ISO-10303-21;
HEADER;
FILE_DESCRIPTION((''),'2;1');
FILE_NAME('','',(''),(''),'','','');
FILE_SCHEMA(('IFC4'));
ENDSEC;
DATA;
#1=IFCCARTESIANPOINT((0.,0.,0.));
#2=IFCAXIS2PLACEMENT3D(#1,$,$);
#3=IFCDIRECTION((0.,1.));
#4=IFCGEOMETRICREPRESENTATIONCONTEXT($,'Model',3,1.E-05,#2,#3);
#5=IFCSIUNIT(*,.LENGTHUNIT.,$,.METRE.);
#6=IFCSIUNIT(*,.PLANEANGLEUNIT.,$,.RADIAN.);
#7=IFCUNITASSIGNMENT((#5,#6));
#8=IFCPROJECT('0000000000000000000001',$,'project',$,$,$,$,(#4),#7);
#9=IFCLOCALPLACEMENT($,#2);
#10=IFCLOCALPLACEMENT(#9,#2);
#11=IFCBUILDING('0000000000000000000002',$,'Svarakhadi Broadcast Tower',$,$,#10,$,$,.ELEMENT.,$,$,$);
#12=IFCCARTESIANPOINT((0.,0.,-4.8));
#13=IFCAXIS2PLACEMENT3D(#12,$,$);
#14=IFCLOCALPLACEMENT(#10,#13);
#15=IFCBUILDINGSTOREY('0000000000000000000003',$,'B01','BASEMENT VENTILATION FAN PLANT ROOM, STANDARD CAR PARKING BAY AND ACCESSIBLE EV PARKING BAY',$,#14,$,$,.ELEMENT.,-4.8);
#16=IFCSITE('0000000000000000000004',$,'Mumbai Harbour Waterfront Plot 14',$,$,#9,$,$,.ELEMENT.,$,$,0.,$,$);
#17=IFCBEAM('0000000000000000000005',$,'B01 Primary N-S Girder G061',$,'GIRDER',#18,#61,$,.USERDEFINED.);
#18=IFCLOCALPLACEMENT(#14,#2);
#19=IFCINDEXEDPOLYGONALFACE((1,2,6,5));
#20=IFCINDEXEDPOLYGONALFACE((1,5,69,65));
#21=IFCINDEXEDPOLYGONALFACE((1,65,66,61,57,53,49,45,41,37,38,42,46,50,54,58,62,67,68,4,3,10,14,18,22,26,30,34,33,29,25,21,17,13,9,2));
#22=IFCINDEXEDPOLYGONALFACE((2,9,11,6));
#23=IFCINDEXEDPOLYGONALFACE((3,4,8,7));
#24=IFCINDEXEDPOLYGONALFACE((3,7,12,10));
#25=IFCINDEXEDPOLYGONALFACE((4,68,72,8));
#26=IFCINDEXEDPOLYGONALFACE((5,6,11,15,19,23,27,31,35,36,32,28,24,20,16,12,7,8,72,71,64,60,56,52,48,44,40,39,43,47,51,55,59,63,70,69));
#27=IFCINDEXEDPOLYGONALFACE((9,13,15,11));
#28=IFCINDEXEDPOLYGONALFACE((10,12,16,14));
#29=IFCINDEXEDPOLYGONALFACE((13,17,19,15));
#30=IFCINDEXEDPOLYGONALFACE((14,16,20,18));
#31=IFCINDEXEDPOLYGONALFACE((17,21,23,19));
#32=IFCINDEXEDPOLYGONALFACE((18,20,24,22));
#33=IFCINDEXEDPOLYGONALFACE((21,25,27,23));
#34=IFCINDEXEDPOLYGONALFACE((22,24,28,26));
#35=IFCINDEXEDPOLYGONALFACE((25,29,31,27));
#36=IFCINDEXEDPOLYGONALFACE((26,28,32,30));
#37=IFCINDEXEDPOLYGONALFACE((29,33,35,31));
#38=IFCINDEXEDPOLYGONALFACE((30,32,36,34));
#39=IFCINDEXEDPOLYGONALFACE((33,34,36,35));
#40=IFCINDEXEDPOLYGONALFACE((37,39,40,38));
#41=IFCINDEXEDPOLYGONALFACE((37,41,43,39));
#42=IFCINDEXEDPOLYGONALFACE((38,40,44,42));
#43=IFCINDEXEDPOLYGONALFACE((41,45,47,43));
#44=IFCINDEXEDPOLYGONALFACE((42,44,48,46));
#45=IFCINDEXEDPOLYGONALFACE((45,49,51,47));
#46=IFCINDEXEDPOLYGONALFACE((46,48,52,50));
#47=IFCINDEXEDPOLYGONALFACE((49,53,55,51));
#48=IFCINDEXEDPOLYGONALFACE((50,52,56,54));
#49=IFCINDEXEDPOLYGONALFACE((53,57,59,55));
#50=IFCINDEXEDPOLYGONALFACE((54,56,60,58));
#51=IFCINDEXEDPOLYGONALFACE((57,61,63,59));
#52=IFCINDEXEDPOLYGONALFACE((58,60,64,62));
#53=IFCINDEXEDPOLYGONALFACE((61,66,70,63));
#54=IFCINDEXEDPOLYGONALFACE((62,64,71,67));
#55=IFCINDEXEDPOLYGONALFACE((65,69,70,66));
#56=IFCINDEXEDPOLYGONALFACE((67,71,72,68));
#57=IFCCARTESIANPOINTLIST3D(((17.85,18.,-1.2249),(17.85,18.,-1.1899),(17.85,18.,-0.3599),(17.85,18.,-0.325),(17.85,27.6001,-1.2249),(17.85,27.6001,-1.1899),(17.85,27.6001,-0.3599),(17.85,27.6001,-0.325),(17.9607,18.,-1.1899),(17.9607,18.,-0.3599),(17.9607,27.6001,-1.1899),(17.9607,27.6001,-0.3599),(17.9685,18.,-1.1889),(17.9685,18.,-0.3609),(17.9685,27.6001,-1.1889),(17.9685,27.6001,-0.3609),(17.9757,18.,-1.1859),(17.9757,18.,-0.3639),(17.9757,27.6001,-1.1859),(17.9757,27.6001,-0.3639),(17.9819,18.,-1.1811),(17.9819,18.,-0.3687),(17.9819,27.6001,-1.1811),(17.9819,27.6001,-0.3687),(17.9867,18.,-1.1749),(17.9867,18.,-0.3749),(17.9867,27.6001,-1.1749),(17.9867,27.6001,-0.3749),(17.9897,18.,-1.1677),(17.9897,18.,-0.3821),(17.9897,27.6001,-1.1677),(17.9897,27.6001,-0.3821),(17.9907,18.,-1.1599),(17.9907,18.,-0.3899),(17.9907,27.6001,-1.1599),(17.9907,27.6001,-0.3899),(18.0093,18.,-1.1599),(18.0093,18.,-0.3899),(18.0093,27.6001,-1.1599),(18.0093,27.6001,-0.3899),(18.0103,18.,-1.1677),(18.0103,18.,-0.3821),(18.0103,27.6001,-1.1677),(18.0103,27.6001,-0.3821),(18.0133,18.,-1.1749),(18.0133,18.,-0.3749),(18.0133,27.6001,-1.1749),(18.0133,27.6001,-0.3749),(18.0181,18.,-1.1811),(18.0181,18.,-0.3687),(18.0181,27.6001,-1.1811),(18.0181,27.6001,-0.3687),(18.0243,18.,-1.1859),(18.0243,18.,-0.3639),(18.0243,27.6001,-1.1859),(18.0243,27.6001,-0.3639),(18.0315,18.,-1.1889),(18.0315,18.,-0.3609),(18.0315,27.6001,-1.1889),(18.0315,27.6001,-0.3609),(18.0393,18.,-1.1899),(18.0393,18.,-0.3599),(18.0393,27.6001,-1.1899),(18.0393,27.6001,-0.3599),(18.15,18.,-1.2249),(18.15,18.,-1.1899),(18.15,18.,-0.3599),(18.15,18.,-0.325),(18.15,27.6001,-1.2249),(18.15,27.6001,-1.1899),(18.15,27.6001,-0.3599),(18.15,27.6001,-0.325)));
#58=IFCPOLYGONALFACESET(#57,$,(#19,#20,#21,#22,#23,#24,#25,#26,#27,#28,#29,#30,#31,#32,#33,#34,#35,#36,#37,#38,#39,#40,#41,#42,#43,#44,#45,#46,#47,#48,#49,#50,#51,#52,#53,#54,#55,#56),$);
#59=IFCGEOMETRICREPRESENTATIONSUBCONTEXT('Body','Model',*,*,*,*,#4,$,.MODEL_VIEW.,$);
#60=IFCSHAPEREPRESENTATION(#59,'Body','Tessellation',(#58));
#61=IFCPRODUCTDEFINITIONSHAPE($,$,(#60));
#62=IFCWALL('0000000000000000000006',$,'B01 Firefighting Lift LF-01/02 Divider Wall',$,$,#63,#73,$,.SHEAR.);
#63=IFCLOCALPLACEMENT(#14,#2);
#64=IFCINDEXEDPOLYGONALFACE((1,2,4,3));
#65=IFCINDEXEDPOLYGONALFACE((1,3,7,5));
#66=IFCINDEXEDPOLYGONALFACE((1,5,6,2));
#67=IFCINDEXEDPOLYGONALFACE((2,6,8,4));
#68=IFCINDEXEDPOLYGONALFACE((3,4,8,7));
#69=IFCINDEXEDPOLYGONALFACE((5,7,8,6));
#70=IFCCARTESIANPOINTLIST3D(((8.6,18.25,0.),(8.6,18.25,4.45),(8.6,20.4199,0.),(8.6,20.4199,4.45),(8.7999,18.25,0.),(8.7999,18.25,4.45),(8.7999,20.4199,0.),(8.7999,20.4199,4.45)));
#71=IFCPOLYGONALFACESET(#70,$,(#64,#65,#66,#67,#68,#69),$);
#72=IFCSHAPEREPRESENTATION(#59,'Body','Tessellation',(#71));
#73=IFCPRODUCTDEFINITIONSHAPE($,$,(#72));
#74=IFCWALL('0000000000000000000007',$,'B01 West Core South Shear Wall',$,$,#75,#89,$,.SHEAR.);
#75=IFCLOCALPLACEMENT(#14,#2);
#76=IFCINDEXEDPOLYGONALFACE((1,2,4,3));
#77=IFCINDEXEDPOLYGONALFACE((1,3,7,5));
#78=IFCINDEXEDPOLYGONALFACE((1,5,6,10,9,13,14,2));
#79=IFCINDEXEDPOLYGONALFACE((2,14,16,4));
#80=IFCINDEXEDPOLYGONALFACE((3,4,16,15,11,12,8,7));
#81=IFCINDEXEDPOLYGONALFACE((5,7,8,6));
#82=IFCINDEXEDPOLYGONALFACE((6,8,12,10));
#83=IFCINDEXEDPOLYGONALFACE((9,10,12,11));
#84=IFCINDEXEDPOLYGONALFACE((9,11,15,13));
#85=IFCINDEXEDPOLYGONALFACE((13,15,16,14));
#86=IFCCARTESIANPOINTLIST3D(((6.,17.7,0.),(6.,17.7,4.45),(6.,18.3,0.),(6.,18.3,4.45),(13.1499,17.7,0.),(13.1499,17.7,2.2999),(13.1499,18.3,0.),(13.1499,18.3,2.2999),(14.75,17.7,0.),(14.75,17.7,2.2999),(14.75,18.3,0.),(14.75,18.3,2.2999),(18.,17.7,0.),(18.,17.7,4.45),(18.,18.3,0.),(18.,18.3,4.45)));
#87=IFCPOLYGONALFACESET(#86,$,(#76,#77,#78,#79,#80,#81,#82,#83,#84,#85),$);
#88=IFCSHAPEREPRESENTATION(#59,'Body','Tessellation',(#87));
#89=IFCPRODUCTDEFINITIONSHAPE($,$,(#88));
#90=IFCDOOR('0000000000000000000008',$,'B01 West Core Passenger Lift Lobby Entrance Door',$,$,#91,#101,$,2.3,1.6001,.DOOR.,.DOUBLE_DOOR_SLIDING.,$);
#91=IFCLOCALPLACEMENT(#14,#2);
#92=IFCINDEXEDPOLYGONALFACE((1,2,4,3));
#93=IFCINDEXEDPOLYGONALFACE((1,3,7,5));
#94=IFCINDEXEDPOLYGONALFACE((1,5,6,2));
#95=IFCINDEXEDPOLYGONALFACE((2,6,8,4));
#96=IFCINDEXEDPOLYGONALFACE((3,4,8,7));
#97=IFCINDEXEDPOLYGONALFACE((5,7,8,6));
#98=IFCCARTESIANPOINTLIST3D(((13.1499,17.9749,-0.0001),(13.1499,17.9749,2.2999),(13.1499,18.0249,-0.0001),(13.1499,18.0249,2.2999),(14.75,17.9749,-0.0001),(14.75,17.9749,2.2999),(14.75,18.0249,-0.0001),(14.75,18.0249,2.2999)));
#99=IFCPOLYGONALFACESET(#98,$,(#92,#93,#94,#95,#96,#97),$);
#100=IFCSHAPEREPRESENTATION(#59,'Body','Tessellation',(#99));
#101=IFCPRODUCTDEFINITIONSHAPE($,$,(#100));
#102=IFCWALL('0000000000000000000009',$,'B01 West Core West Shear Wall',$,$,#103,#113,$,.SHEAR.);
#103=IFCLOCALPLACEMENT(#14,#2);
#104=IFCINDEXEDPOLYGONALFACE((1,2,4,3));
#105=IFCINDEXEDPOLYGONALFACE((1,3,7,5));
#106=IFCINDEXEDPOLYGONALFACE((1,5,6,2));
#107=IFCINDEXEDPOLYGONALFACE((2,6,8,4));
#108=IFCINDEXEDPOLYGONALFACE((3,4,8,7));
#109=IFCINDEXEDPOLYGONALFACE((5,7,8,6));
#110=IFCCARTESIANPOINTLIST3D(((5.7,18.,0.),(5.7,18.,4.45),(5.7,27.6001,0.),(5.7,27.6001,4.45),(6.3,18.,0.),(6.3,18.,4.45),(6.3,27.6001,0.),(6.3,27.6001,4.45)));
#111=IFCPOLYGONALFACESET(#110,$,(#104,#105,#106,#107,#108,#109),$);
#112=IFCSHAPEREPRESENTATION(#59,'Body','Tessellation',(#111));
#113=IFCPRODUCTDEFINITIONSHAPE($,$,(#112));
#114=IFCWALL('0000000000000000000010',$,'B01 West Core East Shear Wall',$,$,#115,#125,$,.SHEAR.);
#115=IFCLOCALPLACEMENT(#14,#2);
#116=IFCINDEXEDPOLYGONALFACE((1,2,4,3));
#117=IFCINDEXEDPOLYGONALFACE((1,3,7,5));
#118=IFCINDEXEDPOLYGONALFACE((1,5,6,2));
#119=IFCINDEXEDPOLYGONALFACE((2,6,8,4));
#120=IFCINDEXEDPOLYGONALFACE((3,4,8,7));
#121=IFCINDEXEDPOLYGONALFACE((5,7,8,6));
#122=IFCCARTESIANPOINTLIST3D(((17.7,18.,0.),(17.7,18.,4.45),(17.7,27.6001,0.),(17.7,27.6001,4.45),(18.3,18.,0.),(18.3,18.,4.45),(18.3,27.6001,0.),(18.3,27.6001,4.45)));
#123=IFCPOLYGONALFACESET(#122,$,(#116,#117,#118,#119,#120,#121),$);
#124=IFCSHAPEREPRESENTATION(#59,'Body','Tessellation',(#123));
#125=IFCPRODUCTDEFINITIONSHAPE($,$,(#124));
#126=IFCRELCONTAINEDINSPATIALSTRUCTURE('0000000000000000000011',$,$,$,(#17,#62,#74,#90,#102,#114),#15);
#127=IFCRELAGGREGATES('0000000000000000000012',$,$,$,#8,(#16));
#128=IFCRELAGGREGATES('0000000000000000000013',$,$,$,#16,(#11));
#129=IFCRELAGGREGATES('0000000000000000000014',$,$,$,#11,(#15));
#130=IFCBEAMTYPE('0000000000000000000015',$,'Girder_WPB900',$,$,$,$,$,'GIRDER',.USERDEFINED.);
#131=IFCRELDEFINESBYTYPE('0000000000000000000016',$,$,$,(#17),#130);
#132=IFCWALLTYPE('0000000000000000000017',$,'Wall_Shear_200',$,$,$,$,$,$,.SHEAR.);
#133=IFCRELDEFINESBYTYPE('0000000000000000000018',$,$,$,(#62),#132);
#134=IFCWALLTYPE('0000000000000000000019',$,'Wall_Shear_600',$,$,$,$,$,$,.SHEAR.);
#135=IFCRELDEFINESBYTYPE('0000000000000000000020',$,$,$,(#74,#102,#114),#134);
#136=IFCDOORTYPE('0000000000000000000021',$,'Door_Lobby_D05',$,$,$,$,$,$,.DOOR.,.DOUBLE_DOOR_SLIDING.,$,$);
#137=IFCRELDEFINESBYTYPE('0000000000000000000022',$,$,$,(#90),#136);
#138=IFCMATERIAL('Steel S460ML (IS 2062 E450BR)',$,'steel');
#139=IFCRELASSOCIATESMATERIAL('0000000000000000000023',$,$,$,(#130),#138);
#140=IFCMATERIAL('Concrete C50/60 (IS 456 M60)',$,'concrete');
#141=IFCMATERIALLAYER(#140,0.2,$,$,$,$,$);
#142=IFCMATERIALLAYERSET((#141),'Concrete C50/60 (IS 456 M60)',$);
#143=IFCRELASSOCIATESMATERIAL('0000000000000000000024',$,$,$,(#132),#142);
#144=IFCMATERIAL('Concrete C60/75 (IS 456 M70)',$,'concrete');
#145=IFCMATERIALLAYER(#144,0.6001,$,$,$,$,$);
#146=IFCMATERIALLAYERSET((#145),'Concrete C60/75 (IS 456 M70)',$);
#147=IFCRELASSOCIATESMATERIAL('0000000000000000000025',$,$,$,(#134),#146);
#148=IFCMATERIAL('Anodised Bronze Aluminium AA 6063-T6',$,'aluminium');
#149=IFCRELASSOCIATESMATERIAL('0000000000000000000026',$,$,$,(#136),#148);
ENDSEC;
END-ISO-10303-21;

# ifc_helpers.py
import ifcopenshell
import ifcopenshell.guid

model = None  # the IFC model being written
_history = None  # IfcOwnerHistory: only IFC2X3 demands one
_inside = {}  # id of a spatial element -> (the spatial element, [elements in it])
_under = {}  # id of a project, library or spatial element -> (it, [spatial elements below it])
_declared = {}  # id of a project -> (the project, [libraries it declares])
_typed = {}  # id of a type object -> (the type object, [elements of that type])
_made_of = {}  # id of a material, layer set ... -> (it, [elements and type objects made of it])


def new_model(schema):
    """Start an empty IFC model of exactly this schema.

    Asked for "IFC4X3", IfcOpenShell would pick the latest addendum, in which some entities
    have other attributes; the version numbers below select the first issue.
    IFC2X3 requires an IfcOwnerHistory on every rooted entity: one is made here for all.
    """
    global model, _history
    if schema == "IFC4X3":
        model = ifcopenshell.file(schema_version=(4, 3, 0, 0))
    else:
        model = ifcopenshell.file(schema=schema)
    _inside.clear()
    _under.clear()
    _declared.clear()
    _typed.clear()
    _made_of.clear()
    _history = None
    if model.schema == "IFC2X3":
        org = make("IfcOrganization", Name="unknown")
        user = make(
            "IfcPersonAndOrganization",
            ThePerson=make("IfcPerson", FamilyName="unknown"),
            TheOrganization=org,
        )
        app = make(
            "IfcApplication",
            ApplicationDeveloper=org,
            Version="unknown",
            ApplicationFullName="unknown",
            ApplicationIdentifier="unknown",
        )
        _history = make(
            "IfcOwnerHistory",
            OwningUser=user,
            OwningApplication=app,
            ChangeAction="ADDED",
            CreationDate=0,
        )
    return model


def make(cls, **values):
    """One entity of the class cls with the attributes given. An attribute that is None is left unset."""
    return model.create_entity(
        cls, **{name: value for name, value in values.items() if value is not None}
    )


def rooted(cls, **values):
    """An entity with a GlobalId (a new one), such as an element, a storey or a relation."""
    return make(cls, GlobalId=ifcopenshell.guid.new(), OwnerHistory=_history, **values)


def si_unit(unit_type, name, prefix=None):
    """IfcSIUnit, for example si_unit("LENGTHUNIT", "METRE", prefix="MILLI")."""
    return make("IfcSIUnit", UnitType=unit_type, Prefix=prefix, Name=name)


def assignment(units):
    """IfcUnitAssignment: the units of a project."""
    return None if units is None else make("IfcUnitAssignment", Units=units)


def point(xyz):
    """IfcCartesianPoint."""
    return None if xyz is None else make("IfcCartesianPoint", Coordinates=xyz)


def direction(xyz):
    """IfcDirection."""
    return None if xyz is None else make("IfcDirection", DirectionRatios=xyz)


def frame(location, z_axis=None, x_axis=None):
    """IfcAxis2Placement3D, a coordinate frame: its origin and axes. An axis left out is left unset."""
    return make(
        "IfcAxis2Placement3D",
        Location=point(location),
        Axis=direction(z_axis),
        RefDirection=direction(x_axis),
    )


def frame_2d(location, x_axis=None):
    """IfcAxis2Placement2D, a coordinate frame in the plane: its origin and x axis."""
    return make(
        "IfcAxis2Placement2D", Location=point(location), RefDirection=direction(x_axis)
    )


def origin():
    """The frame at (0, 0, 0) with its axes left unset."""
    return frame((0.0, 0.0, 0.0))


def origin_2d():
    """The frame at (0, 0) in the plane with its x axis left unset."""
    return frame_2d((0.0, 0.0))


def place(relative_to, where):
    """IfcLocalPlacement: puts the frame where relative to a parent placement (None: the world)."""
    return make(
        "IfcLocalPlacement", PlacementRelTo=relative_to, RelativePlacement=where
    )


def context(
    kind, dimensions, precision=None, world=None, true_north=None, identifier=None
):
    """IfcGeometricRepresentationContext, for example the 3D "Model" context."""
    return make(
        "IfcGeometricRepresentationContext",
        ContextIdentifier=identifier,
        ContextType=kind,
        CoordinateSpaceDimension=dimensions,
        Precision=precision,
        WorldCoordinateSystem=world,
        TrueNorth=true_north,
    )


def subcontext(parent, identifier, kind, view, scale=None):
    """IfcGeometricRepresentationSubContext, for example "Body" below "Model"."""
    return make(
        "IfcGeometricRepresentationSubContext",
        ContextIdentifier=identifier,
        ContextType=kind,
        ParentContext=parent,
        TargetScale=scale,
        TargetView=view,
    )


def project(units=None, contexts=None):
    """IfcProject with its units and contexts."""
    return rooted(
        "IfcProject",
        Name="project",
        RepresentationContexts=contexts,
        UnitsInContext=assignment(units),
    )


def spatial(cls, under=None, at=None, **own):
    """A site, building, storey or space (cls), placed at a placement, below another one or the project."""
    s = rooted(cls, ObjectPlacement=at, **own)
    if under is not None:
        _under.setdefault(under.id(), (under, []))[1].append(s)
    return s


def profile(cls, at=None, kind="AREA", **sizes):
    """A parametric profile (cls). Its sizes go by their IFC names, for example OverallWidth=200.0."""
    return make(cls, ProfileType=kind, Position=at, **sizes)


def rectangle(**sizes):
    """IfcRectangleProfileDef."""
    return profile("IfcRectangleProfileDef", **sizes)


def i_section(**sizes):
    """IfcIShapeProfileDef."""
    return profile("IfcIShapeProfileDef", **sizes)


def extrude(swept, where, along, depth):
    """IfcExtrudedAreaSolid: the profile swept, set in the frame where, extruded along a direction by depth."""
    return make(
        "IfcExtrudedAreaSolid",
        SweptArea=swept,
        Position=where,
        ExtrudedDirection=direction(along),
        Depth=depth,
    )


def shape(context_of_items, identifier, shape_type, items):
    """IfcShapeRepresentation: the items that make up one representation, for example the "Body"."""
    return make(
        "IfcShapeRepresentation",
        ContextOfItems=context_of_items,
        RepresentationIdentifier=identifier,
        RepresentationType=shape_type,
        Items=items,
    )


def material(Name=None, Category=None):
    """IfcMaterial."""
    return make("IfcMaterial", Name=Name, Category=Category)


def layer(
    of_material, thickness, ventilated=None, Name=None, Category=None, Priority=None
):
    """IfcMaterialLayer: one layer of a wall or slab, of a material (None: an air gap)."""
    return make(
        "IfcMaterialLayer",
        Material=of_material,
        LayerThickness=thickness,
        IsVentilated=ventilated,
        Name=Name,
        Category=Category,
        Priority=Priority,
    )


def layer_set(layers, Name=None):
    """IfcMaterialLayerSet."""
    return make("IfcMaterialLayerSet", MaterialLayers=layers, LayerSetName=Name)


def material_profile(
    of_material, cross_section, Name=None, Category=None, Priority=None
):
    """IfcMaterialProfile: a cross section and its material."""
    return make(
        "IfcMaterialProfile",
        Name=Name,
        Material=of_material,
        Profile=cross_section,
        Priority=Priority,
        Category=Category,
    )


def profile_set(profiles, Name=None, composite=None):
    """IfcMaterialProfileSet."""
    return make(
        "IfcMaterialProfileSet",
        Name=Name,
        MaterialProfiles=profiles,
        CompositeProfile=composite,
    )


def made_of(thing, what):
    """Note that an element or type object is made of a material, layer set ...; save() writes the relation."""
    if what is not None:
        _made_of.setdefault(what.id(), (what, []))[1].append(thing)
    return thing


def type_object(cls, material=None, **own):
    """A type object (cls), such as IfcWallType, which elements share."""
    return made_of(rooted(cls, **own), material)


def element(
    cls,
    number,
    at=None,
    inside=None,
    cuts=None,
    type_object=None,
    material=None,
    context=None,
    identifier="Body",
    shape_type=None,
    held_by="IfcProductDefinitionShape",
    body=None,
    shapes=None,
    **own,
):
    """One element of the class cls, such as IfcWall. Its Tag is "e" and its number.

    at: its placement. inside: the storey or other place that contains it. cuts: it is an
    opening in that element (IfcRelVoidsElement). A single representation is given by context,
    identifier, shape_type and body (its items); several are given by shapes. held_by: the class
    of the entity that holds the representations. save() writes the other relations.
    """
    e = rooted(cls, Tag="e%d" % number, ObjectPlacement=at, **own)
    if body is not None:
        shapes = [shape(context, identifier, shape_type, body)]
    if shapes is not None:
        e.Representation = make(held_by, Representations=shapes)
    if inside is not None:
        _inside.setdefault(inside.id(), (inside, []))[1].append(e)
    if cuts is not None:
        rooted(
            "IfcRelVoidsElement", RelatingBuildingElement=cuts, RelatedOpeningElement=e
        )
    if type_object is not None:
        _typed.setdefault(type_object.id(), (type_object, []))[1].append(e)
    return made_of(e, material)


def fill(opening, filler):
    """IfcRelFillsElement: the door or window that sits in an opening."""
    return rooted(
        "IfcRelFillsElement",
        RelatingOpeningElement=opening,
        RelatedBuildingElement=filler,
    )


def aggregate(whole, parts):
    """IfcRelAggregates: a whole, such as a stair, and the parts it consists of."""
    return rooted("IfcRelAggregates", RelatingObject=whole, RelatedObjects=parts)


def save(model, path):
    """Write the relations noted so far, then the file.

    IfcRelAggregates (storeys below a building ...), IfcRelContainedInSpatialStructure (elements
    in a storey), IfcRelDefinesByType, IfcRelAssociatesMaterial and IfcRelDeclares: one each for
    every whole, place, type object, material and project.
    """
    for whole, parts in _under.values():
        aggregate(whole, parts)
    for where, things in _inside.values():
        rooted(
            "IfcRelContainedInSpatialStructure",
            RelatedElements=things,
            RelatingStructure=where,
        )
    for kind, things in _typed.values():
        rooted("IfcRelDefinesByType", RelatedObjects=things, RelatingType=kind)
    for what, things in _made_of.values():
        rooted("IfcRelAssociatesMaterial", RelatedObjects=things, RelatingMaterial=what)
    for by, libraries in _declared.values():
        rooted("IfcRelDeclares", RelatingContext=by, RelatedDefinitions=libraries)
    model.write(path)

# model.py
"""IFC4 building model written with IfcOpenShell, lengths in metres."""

from ifc_helpers import new_model, si_unit, direction, frame, frame_2d, origin, origin_2d, place, context, subcontext, project, spatial, rectangle, i_section, extrude, material, layer, layer_set, material_profile, profile_set, type_object, element, fill, save


model = new_model("IFC4")

# Units and contexts
model_context = context("Model", 3, precision=1e-05, world=origin(), true_north=direction((0.0, 1.0)))
body_context = subcontext(model_context, "Body", "Model", "MODEL_VIEW")
ifc_project = project(units=[si_unit("LENGTHUNIT", "METRE"), si_unit("PLANEANGLEUNIT", "RADIAN")], contexts=[model_context])

# Site, building, storey
site_placement = place(None, origin())
site = spatial("IfcSite", under=ifc_project, at=site_placement, Name="Mumbai Harbour Waterfront Plot 14", CompositionType="ELEMENT", RefElevation=0.0)
building_placement = place(site_placement, origin())
building = spatial("IfcBuilding", under=site, at=building_placement, Name="Svarakhadi Broadcast Tower", CompositionType="ELEMENT")
storey_placement = place(building_placement, frame((0.0, 0.0, -4.8)))
storey = spatial("IfcBuildingStorey", under=building, at=storey_placement, Name="B01", Description="BASEMENT VENTILATION FAN PLANT ROOM, STANDARD CAR PARKING BAY AND ACCESSIBLE EV PARKING BAY", CompositionType="ELEMENT", Elevation=-4.8)

# Shared definitions
ifc_material_1 = material(Name="Steel S460ML (IS 2062 E450BR)", Category="steel")
ifc_material_2 = material(Name="Concrete C60/75 (IS 456 M70)", Category="concrete")

# Beam
ifc_material_profile_1 = material_profile(ifc_material_1, i_section(OverallWidth=0.3, OverallDepth=0.8999, WebThickness=0.0186, FlangeThickness=0.0349, FilletRadius=0.03, at=origin_2d()), Name="WPB 900x300x291")
ifc_profile_set_1 = profile_set([ifc_material_profile_1], Name="Steel S460ML (IS 2062 E450BR)")
beam_type_1 = type_object("IfcBeamType", Name="Girder_WPB900", ElementType="GIRDER", PredefinedType="USERDEFINED", material=ifc_profile_set_1)
beam_placement = place(storey_placement, frame((18.0, 18.0, -0.7749), z_axis=(0.0, 1.0, 0.0), x_axis=(-1.0, 0.0, 0.0)))
element("IfcBeam", 1, at=beam_placement, inside=storey, type_object=beam_type_1, Name="B01 Primary N-S Girder G061", ObjectType="GIRDER", PredefinedType="USERDEFINED", context=body_context, shape_type="SweptSolid", body=[
    extrude(i_section(OverallWidth=0.3, OverallDepth=0.8999, WebThickness=0.0186, FlangeThickness=0.0349, FilletRadius=0.03, at=origin_2d()), origin(), (0.0, 0.0, 1.0), 9.6001),
])

# Wall
ifc_material_3 = material(Name="Concrete C50/60 (IS 456 M60)", Category="concrete")
ifc_layer_1 = layer(ifc_material_3, 0.2)
ifc_layer_set_1 = layer_set([ifc_layer_1], Name="Concrete C50/60 (IS 456 M60)")
wall_type_1 = type_object("IfcWallType", Name="Wall_Shear_200", PredefinedType="SHEAR", material=ifc_layer_set_1)
wall_1_placement = place(storey_placement, frame((8.7, 18.25, 0.0), z_axis=(0.0, 0.0, 1.0), x_axis=(0.0, 1.0, 0.0)))
element("IfcWall", 2, at=wall_1_placement, inside=storey, type_object=wall_type_1, Name="B01 Firefighting Lift LF-01/02 Divider Wall", PredefinedType="SHEAR", context=body_context, shape_type="SweptSolid", body=[
    extrude(rectangle(XDim=2.1699, YDim=0.2, at=frame_2d((1.085, 0.0))), origin(), (0.0, 0.0, 1.0), 4.45),
])

# Wall, opening, door
ifc_layer_2 = layer(ifc_material_2, 0.6001)
ifc_layer_set_2 = layer_set([ifc_layer_2], Name="Concrete C60/75 (IS 456 M70)")
wall_type_2 = type_object("IfcWallType", Name="Wall_Shear_600", PredefinedType="SHEAR", material=ifc_layer_set_2)
wall_2_placement = place(storey_placement, frame((6.0, 18.0, 0.0), z_axis=(0.0, 0.0, 1.0), x_axis=(1.0, 0.0, 0.0)))
wall_2 = element("IfcWall", 3, at=wall_2_placement, inside=storey, type_object=wall_type_2, Name="B01 West Core South Shear Wall", PredefinedType="SHEAR", context=body_context, shape_type="SweptSolid", body=[
    extrude(rectangle(XDim=12.0, YDim=0.6001, at=frame_2d((6.0, 0.0))), origin(), (0.0, 0.0, 1.0), 4.45),
])
opening_placement = place(wall_2_placement, frame((7.1499, 0.0, 0.0)))
opening = element("IfcOpeningElement", 4, at=opening_placement, cuts=wall_2, PredefinedType="OPENING", context=body_context, shape_type="SweptSolid", body=[
    extrude(rectangle(XDim=1.6001, YDim=2.3, at=frame_2d((0.8, 1.1499))), frame((0.0, 0.3101, 0.0), z_axis=(0.0, -1.0, 0.0), x_axis=(1.0, 0.0, 0.0)), (0.0, 0.0, 1.0), 0.6201),
])
ifc_material_4 = material(Name="Anodised Bronze Aluminium AA 6063-T6", Category="aluminium")
door_type = type_object("IfcDoorType", Name="Door_Lobby_D05", OperationType="DOUBLE_DOOR_SLIDING", PredefinedType="DOOR", material=ifc_material_4)
door_placement = place(opening_placement, origin())
door = element("IfcDoor", 5, at=door_placement, inside=storey, type_object=door_type, Name="B01 West Core Passenger Lift Lobby Entrance Door", OperationType="DOUBLE_DOOR_SLIDING", OverallHeight=2.3, OverallWidth=1.6001, PredefinedType="DOOR", context=body_context, shape_type="SweptSolid", body=[
    extrude(rectangle(XDim=1.6001, YDim=2.3, at=frame_2d((0.8, 1.1499))), frame((0.0, 0.0249, 0.0), z_axis=(0.0, -1.0, 0.0), x_axis=(1.0, 0.0, 0.0)), (0.0, 0.0, 1.0), 0.05),
])
fill(opening, door)

# Walls
for number, where, z_axis, x_axis, name in (
    (6, (6.0, 18.0, 0.0), (0.0, 0.0, 1.0), (0.0, 1.0, 0.0), "B01 West Core West Shear Wall"),
    (7, (18.0, 18.0, 0.0), (0.0, 0.0, 1.0), (0.0, 1.0, 0.0), "B01 West Core East Shear Wall"),
):
    element("IfcWall", number, at=place(storey_placement, frame(where, z_axis=z_axis, x_axis=x_axis)), inside=storey, type_object=wall_type_2, Name=name, PredefinedType="SHEAR", context=body_context, shape_type="SweptSolid", body=[
        extrude(rectangle(XDim=9.6001, YDim=0.6001, at=frame_2d((4.8, 0.0))), origin(), (0.0, 0.0, 1.0), 4.45),
    ])

save(model, "model.ifc")
